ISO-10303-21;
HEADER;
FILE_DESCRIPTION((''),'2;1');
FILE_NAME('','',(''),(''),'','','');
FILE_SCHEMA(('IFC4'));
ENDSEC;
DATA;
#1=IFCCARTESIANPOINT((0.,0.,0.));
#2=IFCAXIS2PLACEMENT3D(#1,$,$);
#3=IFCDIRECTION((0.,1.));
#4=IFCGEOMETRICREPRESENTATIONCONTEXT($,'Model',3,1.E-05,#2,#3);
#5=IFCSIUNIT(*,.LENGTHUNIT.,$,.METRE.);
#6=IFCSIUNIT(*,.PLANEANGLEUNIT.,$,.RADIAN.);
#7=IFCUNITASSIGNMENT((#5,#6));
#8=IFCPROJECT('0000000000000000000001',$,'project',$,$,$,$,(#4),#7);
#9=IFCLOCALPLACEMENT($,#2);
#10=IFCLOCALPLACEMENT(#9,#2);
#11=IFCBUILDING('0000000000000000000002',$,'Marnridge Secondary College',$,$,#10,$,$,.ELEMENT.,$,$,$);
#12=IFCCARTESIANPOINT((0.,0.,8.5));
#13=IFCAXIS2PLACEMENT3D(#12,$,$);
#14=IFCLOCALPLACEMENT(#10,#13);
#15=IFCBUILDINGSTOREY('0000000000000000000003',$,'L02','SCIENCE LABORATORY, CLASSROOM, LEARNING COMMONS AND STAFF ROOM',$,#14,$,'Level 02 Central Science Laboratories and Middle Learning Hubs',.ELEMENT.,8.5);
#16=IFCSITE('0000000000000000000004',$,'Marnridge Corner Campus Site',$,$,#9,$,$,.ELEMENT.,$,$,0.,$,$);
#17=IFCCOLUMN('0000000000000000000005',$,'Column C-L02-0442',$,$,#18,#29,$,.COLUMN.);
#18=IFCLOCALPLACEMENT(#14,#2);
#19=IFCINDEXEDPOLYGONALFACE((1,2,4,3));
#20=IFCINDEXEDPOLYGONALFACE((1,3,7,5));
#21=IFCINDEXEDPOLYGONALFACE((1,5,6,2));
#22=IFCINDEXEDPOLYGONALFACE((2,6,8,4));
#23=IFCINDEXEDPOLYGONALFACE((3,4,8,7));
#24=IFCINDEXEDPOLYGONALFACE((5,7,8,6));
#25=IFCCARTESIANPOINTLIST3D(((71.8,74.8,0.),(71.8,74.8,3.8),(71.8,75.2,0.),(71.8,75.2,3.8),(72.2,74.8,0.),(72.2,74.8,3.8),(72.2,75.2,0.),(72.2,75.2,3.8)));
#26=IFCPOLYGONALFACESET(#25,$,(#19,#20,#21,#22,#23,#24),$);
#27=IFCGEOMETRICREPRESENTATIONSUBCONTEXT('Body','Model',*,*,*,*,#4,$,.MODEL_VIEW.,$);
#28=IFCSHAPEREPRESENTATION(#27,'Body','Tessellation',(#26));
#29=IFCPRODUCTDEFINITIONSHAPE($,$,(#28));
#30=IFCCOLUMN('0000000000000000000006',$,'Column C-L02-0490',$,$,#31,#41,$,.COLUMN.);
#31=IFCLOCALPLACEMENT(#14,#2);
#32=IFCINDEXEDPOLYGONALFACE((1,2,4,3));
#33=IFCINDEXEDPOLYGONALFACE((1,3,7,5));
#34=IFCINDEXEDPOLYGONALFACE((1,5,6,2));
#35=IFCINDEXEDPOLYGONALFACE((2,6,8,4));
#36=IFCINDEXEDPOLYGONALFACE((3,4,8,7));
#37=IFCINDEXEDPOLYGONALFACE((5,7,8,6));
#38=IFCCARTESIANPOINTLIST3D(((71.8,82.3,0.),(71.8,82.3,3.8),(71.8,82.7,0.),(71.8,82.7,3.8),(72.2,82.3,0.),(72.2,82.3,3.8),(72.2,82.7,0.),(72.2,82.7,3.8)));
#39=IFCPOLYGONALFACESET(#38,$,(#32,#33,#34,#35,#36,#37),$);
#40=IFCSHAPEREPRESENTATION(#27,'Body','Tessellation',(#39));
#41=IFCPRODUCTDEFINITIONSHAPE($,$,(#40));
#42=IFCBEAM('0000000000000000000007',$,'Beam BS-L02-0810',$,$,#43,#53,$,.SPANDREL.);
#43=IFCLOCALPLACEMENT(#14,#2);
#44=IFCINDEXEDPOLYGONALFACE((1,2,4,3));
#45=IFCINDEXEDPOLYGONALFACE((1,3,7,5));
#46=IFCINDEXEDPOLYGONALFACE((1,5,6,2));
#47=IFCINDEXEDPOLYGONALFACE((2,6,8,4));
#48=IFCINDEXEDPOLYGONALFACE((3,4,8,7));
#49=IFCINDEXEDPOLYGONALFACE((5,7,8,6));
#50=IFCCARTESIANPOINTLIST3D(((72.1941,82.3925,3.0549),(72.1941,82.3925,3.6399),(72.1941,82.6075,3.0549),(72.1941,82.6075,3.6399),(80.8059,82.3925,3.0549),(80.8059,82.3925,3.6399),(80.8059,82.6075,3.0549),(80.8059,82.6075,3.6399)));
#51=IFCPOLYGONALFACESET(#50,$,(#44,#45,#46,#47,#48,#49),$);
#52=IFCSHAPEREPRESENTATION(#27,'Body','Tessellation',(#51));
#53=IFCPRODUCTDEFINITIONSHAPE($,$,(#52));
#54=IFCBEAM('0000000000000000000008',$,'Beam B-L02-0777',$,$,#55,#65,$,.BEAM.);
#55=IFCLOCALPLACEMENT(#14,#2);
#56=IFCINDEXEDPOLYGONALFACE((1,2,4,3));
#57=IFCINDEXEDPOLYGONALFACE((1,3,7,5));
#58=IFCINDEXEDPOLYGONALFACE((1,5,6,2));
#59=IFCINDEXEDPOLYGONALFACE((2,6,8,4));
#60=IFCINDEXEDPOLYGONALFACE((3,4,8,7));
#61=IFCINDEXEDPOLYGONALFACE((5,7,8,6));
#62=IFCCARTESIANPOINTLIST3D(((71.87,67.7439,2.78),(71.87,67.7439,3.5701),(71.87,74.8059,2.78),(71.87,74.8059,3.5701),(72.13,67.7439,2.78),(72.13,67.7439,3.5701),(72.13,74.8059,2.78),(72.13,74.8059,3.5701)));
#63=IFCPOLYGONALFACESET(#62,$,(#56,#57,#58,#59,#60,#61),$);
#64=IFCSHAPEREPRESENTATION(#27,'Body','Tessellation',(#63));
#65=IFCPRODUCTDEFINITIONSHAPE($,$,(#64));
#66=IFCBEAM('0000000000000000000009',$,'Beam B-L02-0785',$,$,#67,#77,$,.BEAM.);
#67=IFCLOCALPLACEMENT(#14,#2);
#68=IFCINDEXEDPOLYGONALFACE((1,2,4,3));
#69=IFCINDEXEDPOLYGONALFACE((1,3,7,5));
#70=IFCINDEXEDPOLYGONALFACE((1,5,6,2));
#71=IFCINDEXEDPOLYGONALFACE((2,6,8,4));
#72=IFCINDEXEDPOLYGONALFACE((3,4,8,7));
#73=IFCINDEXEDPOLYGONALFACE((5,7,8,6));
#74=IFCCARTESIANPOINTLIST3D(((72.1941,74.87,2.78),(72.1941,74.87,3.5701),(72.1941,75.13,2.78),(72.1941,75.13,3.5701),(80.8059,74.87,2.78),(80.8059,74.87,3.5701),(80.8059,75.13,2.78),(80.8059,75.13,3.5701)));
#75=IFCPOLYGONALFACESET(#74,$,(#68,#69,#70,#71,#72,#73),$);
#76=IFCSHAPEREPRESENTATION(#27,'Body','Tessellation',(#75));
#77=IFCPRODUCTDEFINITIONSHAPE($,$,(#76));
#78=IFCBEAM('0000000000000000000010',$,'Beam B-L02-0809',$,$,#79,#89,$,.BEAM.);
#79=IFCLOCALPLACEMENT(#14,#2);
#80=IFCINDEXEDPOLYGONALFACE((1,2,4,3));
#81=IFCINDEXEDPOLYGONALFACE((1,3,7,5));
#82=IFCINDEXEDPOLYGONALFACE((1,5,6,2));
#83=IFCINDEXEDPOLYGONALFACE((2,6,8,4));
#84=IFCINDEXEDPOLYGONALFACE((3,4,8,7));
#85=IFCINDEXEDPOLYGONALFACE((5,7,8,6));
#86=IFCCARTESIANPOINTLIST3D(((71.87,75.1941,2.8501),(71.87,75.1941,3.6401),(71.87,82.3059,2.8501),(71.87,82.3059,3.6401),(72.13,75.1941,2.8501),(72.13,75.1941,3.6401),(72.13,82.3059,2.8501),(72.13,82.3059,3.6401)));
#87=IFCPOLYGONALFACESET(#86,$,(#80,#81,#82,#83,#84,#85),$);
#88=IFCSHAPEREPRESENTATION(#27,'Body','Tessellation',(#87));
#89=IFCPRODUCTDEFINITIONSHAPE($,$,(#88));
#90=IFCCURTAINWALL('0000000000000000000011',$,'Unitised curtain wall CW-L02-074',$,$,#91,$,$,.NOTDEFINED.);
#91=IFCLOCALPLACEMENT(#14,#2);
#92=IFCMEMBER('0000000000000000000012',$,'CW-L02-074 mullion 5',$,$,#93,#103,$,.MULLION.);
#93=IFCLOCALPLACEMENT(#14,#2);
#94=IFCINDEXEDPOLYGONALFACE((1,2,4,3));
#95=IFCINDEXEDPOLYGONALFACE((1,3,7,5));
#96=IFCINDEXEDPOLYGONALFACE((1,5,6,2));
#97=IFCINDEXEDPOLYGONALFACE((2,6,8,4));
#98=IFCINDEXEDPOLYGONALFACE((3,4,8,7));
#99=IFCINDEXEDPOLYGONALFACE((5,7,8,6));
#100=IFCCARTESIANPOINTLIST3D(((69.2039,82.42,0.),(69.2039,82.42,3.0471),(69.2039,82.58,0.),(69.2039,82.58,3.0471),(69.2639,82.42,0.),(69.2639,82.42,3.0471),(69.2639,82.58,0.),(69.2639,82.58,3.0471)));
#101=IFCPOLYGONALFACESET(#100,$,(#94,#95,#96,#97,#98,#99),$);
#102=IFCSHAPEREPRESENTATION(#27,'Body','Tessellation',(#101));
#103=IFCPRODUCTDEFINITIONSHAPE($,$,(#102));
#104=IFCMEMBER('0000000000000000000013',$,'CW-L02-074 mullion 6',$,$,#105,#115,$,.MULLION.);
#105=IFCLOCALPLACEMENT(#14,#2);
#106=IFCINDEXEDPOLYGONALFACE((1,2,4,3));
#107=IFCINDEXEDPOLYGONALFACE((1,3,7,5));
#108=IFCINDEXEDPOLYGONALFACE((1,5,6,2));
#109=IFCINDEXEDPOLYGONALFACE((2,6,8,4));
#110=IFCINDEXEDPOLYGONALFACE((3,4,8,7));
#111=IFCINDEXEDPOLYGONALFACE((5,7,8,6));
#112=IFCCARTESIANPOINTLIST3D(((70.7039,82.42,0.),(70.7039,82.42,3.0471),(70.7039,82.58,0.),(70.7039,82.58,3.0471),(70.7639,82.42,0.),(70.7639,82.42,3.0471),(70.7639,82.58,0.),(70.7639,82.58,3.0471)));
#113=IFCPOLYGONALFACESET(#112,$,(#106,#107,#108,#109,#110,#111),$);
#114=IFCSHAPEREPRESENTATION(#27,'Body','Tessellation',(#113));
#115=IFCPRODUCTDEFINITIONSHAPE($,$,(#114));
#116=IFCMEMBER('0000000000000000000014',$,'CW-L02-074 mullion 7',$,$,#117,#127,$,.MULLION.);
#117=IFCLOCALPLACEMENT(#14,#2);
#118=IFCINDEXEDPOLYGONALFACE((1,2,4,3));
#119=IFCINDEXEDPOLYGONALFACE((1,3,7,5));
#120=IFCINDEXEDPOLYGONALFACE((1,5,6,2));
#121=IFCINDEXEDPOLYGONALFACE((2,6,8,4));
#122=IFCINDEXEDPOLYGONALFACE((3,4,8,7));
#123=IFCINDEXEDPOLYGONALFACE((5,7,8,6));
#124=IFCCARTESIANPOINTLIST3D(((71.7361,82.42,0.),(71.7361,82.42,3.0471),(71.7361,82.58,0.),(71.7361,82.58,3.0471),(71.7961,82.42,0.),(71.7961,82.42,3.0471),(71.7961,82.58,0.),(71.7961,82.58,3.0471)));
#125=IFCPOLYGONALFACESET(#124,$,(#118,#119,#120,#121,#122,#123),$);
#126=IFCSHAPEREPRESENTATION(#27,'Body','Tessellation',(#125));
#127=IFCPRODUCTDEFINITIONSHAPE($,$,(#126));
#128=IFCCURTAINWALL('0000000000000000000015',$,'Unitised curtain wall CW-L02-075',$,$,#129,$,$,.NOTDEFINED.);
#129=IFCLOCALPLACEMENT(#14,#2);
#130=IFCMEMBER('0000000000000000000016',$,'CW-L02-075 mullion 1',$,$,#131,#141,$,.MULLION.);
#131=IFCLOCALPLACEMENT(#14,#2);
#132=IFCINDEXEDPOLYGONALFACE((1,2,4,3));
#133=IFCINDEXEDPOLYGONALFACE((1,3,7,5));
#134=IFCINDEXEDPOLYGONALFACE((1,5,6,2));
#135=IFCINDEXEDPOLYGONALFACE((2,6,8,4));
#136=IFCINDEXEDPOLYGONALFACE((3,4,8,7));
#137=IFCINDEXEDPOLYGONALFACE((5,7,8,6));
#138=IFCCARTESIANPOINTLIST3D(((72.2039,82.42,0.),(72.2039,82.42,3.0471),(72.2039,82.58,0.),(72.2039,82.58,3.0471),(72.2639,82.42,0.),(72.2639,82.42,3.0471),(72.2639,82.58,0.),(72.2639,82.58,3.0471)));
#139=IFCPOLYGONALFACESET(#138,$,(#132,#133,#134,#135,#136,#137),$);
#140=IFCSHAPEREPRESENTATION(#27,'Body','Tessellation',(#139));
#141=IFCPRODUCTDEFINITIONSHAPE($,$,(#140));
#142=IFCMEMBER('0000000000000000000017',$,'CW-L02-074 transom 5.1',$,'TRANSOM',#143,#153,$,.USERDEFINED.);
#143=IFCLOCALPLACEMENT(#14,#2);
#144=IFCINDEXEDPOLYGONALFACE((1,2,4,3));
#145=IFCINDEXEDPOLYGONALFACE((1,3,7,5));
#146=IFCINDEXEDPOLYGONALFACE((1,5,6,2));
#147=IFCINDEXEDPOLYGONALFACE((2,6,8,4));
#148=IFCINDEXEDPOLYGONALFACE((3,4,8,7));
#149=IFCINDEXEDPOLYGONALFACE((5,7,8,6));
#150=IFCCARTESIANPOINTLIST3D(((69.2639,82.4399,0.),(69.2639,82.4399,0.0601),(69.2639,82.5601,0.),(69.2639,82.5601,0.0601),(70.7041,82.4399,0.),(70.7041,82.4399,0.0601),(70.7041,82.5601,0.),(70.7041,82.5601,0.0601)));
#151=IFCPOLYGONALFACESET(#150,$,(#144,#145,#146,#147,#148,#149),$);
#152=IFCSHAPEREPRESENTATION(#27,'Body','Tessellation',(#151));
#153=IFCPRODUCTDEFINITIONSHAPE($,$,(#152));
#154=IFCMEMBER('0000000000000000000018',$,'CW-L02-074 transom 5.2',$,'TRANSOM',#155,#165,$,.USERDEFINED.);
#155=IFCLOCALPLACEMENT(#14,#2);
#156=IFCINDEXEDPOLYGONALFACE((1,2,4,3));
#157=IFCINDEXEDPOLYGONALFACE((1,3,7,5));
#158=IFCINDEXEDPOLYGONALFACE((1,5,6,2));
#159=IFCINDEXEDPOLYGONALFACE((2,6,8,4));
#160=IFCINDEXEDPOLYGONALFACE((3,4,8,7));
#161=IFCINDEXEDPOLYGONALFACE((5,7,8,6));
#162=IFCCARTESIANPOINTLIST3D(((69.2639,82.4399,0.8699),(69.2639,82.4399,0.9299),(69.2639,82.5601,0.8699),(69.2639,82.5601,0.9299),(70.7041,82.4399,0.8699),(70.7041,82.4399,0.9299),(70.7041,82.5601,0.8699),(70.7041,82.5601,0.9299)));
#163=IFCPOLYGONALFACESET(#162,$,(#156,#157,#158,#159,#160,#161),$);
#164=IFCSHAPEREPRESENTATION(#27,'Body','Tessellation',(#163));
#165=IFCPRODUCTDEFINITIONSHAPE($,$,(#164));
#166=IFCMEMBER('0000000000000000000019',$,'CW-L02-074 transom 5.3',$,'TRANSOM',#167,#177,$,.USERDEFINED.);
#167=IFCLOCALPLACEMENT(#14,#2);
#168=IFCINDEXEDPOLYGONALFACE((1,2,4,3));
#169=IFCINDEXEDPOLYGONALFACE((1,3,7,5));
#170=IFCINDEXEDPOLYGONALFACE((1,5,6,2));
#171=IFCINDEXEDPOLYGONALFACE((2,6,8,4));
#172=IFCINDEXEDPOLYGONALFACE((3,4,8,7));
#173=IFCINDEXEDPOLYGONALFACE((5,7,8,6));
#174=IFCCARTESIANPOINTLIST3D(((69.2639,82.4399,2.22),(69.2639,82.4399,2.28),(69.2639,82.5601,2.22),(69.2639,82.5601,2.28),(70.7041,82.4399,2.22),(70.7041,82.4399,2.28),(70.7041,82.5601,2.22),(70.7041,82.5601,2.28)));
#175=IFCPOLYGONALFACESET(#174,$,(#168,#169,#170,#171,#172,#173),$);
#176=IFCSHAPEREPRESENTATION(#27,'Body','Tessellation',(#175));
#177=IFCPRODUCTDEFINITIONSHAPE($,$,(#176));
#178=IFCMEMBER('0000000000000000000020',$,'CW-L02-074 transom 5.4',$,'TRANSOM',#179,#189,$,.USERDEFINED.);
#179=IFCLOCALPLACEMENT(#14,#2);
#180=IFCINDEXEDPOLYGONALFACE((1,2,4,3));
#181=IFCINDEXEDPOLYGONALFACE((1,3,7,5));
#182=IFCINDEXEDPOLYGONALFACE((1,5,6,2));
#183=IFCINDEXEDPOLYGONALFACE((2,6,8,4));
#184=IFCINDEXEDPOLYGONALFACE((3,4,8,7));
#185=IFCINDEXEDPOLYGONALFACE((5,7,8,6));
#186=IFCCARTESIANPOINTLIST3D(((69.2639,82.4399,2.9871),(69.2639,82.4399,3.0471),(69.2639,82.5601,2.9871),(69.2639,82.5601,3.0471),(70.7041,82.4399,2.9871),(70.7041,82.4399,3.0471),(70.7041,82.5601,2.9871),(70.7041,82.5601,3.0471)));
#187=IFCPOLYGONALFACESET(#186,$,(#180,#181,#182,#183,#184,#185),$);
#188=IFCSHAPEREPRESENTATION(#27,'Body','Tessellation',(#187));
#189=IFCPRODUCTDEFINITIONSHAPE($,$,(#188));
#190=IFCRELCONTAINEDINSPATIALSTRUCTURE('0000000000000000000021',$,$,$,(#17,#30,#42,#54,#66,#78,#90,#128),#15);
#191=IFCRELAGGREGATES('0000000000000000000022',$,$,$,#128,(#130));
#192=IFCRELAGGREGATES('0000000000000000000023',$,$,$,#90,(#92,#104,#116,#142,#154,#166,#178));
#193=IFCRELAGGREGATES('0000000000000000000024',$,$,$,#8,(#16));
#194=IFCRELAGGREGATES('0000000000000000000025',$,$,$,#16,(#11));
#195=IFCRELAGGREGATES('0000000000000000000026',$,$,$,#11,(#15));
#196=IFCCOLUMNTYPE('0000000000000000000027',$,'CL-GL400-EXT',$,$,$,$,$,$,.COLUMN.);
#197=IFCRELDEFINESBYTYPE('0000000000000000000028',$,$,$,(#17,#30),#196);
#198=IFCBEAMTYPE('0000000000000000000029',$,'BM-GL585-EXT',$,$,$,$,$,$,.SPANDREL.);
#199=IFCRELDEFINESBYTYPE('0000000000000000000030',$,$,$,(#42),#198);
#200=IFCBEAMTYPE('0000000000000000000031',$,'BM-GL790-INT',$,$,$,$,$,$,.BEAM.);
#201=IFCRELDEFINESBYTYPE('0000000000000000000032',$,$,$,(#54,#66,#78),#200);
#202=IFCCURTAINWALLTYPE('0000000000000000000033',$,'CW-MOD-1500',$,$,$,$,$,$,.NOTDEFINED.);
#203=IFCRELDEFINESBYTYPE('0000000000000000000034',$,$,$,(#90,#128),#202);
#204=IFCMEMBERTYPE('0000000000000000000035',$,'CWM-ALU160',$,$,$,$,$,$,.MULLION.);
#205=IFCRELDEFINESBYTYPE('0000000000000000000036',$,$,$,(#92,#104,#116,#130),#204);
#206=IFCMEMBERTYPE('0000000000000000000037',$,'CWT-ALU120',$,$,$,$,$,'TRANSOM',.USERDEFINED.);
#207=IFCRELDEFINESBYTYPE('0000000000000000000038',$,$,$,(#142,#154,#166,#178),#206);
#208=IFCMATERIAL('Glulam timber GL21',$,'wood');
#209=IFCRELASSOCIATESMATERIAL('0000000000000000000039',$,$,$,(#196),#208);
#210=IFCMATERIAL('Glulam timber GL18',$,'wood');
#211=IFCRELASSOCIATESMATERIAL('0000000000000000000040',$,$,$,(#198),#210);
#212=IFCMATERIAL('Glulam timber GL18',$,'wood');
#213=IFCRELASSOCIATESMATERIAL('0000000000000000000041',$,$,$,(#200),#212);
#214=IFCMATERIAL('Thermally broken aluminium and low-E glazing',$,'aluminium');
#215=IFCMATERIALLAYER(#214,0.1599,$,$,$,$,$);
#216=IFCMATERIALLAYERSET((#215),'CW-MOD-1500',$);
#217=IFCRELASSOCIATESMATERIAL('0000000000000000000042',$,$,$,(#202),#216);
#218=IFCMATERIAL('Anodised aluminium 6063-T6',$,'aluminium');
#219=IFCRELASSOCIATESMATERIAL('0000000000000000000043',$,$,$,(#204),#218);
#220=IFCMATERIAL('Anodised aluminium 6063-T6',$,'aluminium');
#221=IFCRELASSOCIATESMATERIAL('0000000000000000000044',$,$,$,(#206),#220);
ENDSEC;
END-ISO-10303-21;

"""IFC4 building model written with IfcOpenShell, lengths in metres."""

from ifc_helpers import new_model, si_unit, direction, frame, origin, origin_2d, place, context, subcontext, project, spatial, rectangle, extrude, material, layer, layer_set, material_profile, profile_set, type_object, element, aggregate, save


model = new_model("IFC4")

# Units and contexts
model_context = context("Model", 3, precision=1e-05, world=origin(), true_north=direction((0.0, 1.0)))
body_context = subcontext(model_context, "Body", "Model", "MODEL_VIEW")
ifc_project = project(units=[si_unit("LENGTHUNIT", "METRE"), si_unit("PLANEANGLEUNIT", "RADIAN")], contexts=[model_context])

# Site, building, storey
site_placement = place(None, origin())
site = spatial("IfcSite", under=ifc_project, at=site_placement, Name="Marnridge Corner Campus Site", CompositionType="ELEMENT", RefElevation=0.0)
building_placement = place(site_placement, origin())
building = spatial("IfcBuilding", under=site, at=building_placement, Name="Marnridge Secondary College", CompositionType="ELEMENT")
storey_placement = place(building_placement, frame((0.0, 0.0, 8.5)))
storey = spatial("IfcBuildingStorey", under=building, at=storey_placement, Name="L02", Description="SCIENCE LABORATORY, CLASSROOM, LEARNING COMMONS AND STAFF ROOM", LongName="Level 02 Central Science Laboratories and Middle Learning Hubs", CompositionType="ELEMENT", Elevation=8.5)

# Columns
ifc_material_1 = material(Name="Glulam timber GL21", Category="wood")
ifc_material_profile_1 = material_profile(ifc_material_1, rectangle(XDim=0.3999, YDim=0.3999, at=origin_2d()), Name="GL21 400x400")
ifc_profile_set_1 = profile_set([ifc_material_profile_1], Name="Glulam timber GL21")
column_type = type_object("IfcColumnType", Name="CL-GL400-EXT", PredefinedType="COLUMN", material=ifc_profile_set_1)
for number, where, z_axis, x_axis, name in (
    (1, (72.0, 75.0, 0.0), (0.0, 0.0, 1.0), (1.0, 0.0, 0.0), "Column C-L02-0442"),
    (2, (72.0, 82.5, 0.0), (0.0, 0.0, 1.0), (1.0, 0.0, 0.0), "Column C-L02-0490"),
):
    element("IfcColumn", number, at=place(storey_placement, frame(where, z_axis=z_axis, x_axis=x_axis)), inside=storey, type_object=column_type, Name=name, PredefinedType="COLUMN", context=body_context, shape_type="SweptSolid", body=[
        extrude(rectangle(XDim=0.3999, YDim=0.3999, at=origin_2d()), origin(), (0.0, 0.0, 1.0), 3.8),
    ])

# Beams
ifc_material_2 = material(Name="Glulam timber GL18", Category="wood")
ifc_material_profile_2 = material_profile(ifc_material_2, rectangle(XDim=0.2151, YDim=0.585, at=origin_2d()), Name="GL18 215x585")
ifc_profile_set_2 = profile_set([ifc_material_profile_2], Name="Glulam timber GL18")
beam_type_1 = type_object("IfcBeamType", Name="BM-GL585-EXT", PredefinedType="SPANDREL", material=ifc_profile_set_2)
beam_1_placement = place(storey_placement, frame((72.1941, 82.5, 3.3474), z_axis=(1.0, 0.0, 0.0), x_axis=(0.0, 1.0, 0.0)))
element("IfcBeam", 3, at=beam_1_placement, inside=storey, type_object=beam_type_1, Name="Beam BS-L02-0810", PredefinedType="SPANDREL", context=body_context, shape_type="SweptSolid", body=[
    extrude(rectangle(XDim=0.2151, YDim=0.585, at=origin_2d()), origin(), (0.0, 0.0, 1.0), 8.6118),
])
ifc_material_3 = material(Name="Glulam timber GL18", Category="wood")
ifc_material_profile_3 = material_profile(ifc_material_3, rectangle(XDim=0.26, YDim=0.79, at=origin_2d()), Name="GL18 260x790")
ifc_profile_set_3 = profile_set([ifc_material_profile_3], Name="Glulam timber GL18")
beam_type_2 = type_object("IfcBeamType", Name="BM-GL790-INT", PredefinedType="BEAM", material=ifc_profile_set_3)
beam_2_placement = place(storey_placement, frame((72.0, 67.7439, 3.175), z_axis=(0.0, 1.0, 0.0), x_axis=(-1.0, 0.0, 0.0)))
element("IfcBeam", 4, at=beam_2_placement, inside=storey, type_object=beam_type_2, Name="Beam B-L02-0777", PredefinedType="BEAM", context=body_context, shape_type="SweptSolid", body=[
    extrude(rectangle(XDim=0.26, YDim=0.79, at=origin_2d()), origin(), (0.0, 0.0, 1.0), 7.062),
])
beam_3_placement = place(storey_placement, frame((72.1941, 75.0, 3.175), z_axis=(1.0, 0.0, 0.0), x_axis=(0.0, 1.0, 0.0)))
element("IfcBeam", 5, at=beam_3_placement, inside=storey, type_object=beam_type_2, Name="Beam B-L02-0785", PredefinedType="BEAM", context=body_context, shape_type="SweptSolid", body=[
    extrude(rectangle(XDim=0.26, YDim=0.79, at=origin_2d()), origin(), (0.0, 0.0, 1.0), 8.6118),
])
beam_4_placement = place(storey_placement, frame((72.0, 75.1941, 3.2451), z_axis=(0.0, 1.0, 0.0), x_axis=(-1.0, 0.0, 0.0)))
element("IfcBeam", 6, at=beam_4_placement, inside=storey, type_object=beam_type_2, Name="Beam B-L02-0809", PredefinedType="BEAM", context=body_context, shape_type="SweptSolid", body=[
    extrude(rectangle(XDim=0.26, YDim=0.79, at=origin_2d()), origin(), (0.0, 0.0, 1.0), 7.1118),
])

# Curtain wall, members
ifc_material_4 = material(Name="Thermally broken aluminium and low-E glazing", Category="aluminium")
ifc_layer_1 = layer(ifc_material_4, 0.1599)
ifc_layer_set_1 = layer_set([ifc_layer_1], Name="CW-MOD-1500")
curtain_wall_type = type_object("IfcCurtainWallType", Name="CW-MOD-1500", PredefinedType="NOTDEFINED", material=ifc_layer_set_1)
curtain_wall_1_placement = place(storey_placement, origin())
curtain_wall_1 = element("IfcCurtainWall", 7, at=curtain_wall_1_placement, inside=storey, type_object=curtain_wall_type, Name="Unitised curtain wall CW-L02-074", PredefinedType="NOTDEFINED")
ifc_material_5 = material(Name="Anodised aluminium 6063-T6", Category="aluminium")
ifc_material_profile_4 = material_profile(ifc_material_5, rectangle(XDim=0.0601, YDim=0.1599, at=origin_2d()), Name="ALU 60x160")
ifc_profile_set_4 = profile_set([ifc_material_profile_4], Name="Anodised aluminium 6063-T6")
member_type_1 = type_object("IfcMemberType", Name="CWM-ALU160", PredefinedType="MULLION", material=ifc_profile_set_4)
member_1_placement = place(storey_placement, frame((69.2339, 82.5, 0.0), z_axis=(0.0, 0.0, 1.0), x_axis=(1.0, 0.0, 0.0)))
member_1 = element("IfcMember", 8, at=member_1_placement, type_object=member_type_1, Name="CW-L02-074 mullion 5", PredefinedType="MULLION", context=body_context, shape_type="SweptSolid", body=[
    extrude(rectangle(XDim=0.0601, YDim=0.1599, at=origin_2d()), origin(), (0.0, 0.0, 1.0), 3.0471),
])
member_2_placement = place(storey_placement, frame((70.7339, 82.5, 0.0), z_axis=(0.0, 0.0, 1.0), x_axis=(1.0, 0.0, 0.0)))
member_2 = element("IfcMember", 9, at=member_2_placement, type_object=member_type_1, Name="CW-L02-074 mullion 6", PredefinedType="MULLION", context=body_context, shape_type="SweptSolid", body=[
    extrude(rectangle(XDim=0.0601, YDim=0.1599, at=origin_2d()), origin(), (0.0, 0.0, 1.0), 3.0471),
])
member_3_placement = place(storey_placement, frame((71.7661, 82.5, 0.0), z_axis=(0.0, 0.0, 1.0), x_axis=(1.0, 0.0, 0.0)))
member_3 = element("IfcMember", 10, at=member_3_placement, type_object=member_type_1, Name="CW-L02-074 mullion 7", PredefinedType="MULLION", context=body_context, shape_type="SweptSolid", body=[
    extrude(rectangle(XDim=0.0601, YDim=0.1599, at=origin_2d()), origin(), (0.0, 0.0, 1.0), 3.0471),
])

# Curtain wall, member
curtain_wall_2_placement = place(storey_placement, origin())
curtain_wall_2 = element("IfcCurtainWall", 11, at=curtain_wall_2_placement, inside=storey, type_object=curtain_wall_type, Name="Unitised curtain wall CW-L02-075", PredefinedType="NOTDEFINED")
member_4_placement = place(storey_placement, frame((72.2339, 82.5, 0.0), z_axis=(0.0, 0.0, 1.0), x_axis=(1.0, 0.0, 0.0)))
member_4 = element("IfcMember", 12, at=member_4_placement, type_object=member_type_1, Name="CW-L02-075 mullion 1", PredefinedType="MULLION", context=body_context, shape_type="SweptSolid", body=[
    extrude(rectangle(XDim=0.0601, YDim=0.1599, at=origin_2d()), origin(), (0.0, 0.0, 1.0), 3.0471),
])
aggregate(curtain_wall_2, [member_4])

# Members
ifc_material_6 = material(Name="Anodised aluminium 6063-T6", Category="aluminium")
ifc_material_profile_5 = material_profile(ifc_material_6, rectangle(XDim=0.0601, YDim=0.1201, at=origin_2d()), Name="ALU 60x120")
ifc_profile_set_5 = profile_set([ifc_material_profile_5], Name="Anodised aluminium 6063-T6")
member_type_2 = type_object("IfcMemberType", Name="CWT-ALU120", ElementType="TRANSOM", PredefinedType="USERDEFINED", material=ifc_profile_set_5)
member_5_placement = place(storey_placement, frame((69.2639, 82.5, 0.03), z_axis=(1.0, 0.0, 0.0), x_axis=(0.0, 0.0, 1.0)))
member_5 = element("IfcMember", 13, at=member_5_placement, type_object=member_type_2, Name="CW-L02-074 transom 5.1", ObjectType="TRANSOM", PredefinedType="USERDEFINED", context=body_context, shape_type="SweptSolid", body=[
    extrude(rectangle(XDim=0.0601, YDim=0.1201, at=origin_2d()), origin(), (0.0, 0.0, 1.0), 1.4402),
])
member_6_placement = place(storey_placement, frame((69.2639, 82.5, 0.8999), z_axis=(1.0, 0.0, 0.0), x_axis=(0.0, 0.0, 1.0)))
member_6 = element("IfcMember", 14, at=member_6_placement, type_object=member_type_2, Name="CW-L02-074 transom 5.2", ObjectType="TRANSOM", PredefinedType="USERDEFINED", context=body_context, shape_type="SweptSolid", body=[
    extrude(rectangle(XDim=0.0601, YDim=0.1201, at=origin_2d()), origin(), (0.0, 0.0, 1.0), 1.4402),
])
member_7_placement = place(storey_placement, frame((69.2639, 82.5, 2.25), z_axis=(1.0, 0.0, 0.0), x_axis=(0.0, 0.0, 1.0)))
member_7 = element("IfcMember", 15, at=member_7_placement, type_object=member_type_2, Name="CW-L02-074 transom 5.3", ObjectType="TRANSOM", PredefinedType="USERDEFINED", context=body_context, shape_type="SweptSolid", body=[
    extrude(rectangle(XDim=0.0601, YDim=0.1201, at=origin_2d()), origin(), (0.0, 0.0, 1.0), 1.4402),
])
member_8_placement = place(storey_placement, frame((69.2639, 82.5, 3.0171), z_axis=(1.0, 0.0, 0.0), x_axis=(0.0, 0.0, 1.0)))
member_8 = element("IfcMember", 16, at=member_8_placement, type_object=member_type_2, Name="CW-L02-074 transom 5.4", ObjectType="TRANSOM", PredefinedType="USERDEFINED", context=body_context, shape_type="SweptSolid", body=[
    extrude(rectangle(XDim=0.0601, YDim=0.1201, at=origin_2d()), origin(), (0.0, 0.0, 1.0), 1.4402),
])

aggregate(curtain_wall_1, [member_1, member_2, member_3, member_5, member_6, member_7, member_8])

save(model, "model.ifc")
